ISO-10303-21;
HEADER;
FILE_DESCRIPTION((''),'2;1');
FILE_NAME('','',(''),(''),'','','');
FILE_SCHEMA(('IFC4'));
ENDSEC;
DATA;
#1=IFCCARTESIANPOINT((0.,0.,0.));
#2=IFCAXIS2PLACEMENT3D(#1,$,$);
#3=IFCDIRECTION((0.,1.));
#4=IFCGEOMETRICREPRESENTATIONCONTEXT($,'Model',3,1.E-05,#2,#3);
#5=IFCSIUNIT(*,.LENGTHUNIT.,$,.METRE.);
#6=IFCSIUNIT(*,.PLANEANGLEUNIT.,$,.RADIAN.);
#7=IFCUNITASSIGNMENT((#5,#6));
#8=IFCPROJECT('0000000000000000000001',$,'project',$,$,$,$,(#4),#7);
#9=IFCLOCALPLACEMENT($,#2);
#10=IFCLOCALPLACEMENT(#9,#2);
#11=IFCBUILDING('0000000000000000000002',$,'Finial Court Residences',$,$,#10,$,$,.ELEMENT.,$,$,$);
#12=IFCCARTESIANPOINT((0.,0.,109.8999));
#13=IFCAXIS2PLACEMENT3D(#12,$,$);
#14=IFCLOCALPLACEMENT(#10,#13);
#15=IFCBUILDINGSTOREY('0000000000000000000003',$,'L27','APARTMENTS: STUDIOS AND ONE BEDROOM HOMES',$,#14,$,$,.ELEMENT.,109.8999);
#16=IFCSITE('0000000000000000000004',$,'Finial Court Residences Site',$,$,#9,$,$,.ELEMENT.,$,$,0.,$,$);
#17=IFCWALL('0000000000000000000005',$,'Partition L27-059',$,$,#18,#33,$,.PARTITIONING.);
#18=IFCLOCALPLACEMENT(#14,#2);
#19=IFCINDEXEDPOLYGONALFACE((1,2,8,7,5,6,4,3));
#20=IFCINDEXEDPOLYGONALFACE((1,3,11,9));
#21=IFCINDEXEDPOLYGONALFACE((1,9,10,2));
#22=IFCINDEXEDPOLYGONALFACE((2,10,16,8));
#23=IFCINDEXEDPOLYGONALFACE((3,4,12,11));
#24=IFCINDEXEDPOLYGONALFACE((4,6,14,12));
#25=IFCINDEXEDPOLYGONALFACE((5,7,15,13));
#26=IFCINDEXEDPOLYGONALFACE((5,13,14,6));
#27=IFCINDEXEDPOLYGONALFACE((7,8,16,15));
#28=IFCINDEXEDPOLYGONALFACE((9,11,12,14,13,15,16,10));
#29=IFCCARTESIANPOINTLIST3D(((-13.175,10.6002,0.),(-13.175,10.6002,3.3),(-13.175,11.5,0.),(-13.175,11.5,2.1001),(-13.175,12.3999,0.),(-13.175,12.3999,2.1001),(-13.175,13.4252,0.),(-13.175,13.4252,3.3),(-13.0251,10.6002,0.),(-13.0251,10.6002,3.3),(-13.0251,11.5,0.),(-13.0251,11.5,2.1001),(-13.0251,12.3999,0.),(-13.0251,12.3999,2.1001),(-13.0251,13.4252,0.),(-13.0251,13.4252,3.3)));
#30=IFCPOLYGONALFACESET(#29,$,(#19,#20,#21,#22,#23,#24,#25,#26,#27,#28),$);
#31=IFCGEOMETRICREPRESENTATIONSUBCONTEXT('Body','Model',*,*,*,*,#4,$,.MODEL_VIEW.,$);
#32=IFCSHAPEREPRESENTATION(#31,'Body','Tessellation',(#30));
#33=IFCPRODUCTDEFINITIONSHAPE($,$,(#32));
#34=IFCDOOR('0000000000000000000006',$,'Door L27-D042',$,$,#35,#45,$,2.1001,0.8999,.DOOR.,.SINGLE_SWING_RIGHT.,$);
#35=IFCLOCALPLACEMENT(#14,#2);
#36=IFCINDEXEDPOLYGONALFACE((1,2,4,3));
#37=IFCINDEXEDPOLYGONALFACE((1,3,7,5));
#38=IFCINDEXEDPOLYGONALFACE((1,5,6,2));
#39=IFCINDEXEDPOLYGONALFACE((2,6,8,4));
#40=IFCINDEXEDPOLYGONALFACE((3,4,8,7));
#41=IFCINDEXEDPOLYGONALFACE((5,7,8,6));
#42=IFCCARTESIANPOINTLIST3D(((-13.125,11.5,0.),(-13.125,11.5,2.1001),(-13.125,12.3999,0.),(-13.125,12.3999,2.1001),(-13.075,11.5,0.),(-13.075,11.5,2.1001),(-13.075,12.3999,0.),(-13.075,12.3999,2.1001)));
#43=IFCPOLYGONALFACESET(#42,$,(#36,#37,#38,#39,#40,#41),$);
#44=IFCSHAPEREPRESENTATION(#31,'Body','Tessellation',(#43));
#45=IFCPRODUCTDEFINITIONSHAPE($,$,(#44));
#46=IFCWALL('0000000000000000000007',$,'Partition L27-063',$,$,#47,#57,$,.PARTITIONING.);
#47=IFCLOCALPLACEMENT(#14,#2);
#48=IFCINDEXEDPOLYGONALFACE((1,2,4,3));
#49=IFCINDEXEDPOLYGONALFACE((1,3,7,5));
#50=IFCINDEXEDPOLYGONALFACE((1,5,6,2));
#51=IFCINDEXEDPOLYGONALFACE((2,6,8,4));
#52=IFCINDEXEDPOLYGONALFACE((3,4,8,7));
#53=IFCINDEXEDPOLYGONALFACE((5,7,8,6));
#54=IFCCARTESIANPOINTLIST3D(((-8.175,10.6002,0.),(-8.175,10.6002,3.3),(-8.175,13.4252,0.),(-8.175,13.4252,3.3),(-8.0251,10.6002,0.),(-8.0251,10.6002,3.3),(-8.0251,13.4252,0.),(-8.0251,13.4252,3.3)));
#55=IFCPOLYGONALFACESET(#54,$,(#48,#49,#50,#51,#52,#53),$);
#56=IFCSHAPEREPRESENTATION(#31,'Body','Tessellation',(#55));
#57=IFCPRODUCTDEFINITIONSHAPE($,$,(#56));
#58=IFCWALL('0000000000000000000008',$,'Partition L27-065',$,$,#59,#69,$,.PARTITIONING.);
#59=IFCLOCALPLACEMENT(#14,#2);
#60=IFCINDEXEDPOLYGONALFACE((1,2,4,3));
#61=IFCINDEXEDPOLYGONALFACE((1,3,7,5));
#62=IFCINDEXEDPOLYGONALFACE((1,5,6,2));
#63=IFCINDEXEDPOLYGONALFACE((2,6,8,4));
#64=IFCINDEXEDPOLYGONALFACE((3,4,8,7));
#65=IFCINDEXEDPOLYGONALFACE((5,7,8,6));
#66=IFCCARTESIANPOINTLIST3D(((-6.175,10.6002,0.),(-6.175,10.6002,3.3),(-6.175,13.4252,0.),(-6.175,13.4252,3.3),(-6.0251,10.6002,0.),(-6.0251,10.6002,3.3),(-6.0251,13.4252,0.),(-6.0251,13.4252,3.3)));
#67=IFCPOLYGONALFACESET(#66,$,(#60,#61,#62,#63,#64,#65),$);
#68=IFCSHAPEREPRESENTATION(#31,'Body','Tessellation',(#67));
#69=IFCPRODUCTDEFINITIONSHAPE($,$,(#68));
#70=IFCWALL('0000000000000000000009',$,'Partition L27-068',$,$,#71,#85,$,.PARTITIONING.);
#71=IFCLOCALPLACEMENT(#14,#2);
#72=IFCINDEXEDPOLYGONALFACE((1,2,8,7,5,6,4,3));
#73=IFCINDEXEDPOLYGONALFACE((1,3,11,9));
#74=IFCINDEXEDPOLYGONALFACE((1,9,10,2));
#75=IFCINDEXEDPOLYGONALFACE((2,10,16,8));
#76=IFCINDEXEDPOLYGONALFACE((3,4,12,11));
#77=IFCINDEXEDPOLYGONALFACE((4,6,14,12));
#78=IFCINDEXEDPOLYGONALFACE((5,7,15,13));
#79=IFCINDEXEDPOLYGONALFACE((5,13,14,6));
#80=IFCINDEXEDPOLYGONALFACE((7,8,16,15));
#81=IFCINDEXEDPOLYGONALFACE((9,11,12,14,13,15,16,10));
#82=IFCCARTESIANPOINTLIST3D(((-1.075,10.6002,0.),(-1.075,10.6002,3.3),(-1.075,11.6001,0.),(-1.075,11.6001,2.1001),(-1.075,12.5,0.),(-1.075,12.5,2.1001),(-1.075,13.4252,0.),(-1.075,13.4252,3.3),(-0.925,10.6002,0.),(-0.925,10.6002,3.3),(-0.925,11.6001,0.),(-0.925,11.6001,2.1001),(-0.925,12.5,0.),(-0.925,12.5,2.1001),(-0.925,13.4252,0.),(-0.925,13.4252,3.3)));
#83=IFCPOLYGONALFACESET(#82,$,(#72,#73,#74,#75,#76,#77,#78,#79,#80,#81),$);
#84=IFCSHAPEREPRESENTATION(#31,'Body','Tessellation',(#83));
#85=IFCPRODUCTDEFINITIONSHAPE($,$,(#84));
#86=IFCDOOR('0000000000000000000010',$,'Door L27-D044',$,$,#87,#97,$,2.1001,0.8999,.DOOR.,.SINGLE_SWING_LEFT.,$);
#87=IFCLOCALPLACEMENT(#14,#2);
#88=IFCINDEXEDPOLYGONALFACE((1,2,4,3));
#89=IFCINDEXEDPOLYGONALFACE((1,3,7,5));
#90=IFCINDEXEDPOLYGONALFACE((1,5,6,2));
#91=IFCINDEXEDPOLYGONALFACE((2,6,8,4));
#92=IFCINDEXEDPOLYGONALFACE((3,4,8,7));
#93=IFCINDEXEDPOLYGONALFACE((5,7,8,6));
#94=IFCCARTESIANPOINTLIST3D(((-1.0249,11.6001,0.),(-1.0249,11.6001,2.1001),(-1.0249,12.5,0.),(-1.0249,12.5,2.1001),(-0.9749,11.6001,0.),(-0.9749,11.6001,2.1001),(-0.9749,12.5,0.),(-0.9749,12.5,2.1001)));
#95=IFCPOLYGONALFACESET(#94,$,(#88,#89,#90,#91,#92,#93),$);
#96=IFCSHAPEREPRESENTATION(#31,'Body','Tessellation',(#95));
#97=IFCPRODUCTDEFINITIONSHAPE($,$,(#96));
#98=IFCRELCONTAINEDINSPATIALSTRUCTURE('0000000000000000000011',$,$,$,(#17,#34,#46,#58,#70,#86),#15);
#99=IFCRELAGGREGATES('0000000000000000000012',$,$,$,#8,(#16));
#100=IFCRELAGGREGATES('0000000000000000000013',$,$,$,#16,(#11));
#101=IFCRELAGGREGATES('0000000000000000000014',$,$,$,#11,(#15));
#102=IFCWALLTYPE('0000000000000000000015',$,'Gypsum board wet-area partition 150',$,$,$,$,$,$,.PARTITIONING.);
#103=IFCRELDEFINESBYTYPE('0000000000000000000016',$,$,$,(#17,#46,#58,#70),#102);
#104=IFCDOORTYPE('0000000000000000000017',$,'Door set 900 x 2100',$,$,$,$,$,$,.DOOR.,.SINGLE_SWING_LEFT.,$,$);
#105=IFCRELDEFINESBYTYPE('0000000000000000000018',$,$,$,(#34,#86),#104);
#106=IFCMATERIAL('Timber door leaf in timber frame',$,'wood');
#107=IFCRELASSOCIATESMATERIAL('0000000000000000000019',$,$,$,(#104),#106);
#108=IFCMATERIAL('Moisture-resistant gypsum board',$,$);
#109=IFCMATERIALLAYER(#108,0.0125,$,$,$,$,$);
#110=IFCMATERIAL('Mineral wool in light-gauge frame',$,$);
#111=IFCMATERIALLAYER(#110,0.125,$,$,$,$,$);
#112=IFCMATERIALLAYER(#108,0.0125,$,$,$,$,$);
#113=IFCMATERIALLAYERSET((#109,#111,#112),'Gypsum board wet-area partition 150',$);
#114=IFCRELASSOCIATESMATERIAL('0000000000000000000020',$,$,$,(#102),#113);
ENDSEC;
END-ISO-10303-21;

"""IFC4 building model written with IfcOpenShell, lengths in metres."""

from ifc_helpers import new_model, si_unit, direction, frame, frame_2d, origin, place, context, subcontext, project, spatial, rectangle, extrude, material, layer, layer_set, type_object, element, fill, save


model = new_model("IFC4")

# Units and contexts
model_context = context("Model", 3, precision=1e-05, world=origin(), true_north=direction((0.0, 1.0)))
body_context = subcontext(model_context, "Body", "Model", "MODEL_VIEW")
ifc_project = project(units=[si_unit("LENGTHUNIT", "METRE"), si_unit("PLANEANGLEUNIT", "RADIAN")], contexts=[model_context])

# Site, building, storey
site_placement = place(None, origin())
site = spatial("IfcSite", under=ifc_project, at=site_placement, Name="Finial Court Residences Site", CompositionType="ELEMENT", RefElevation=0.0)
building_placement = place(site_placement, origin())
building = spatial("IfcBuilding", under=site, at=building_placement, Name="Finial Court Residences", CompositionType="ELEMENT")
storey_placement = place(building_placement, frame((0.0, 0.0, 109.8999)))
storey = spatial("IfcBuildingStorey", under=building, at=storey_placement, Name="L27", Description="APARTMENTS: STUDIOS AND ONE BEDROOM HOMES", CompositionType="ELEMENT", Elevation=109.8999)

# Shared definitions
ifc_material_1 = material(Name="Mineral wool in light-gauge frame")

# Shared definitions
ifc_material_2 = material(Name="Timber door leaf in timber frame", Category="wood")
door_type_1 = type_object("IfcDoorType", Name="Door set 900 x 2100", OperationType="SINGLE_SWING_LEFT", PredefinedType="DOOR", material=ifc_material_2)
ifc_material_3 = material(Name="Moisture-resistant gypsum board")
ifc_layer_1 = layer(ifc_material_3, 0.0125)
ifc_layer_2 = layer(ifc_material_1, 0.125)
ifc_layer_3 = layer(ifc_material_3, 0.0125)
ifc_layer_set_1 = layer_set([ifc_layer_1, ifc_layer_2, ifc_layer_3], Name="Gypsum board wet-area partition 150")
wall_type_1 = type_object("IfcWallType", Name="Gypsum board wet-area partition 150", PredefinedType="PARTITIONING", material=ifc_layer_set_1)

# Wall, opening, door
wall_1_placement = place(storey_placement, frame((-13.1001, 10.6001, 0.0), z_axis=(0.0, 0.0, 1.0), x_axis=(0.0, 1.0, 0.0)))
wall_1 = element("IfcWall", 1, at=wall_1_placement, inside=storey, type_object=wall_type_1, Name="Partition L27-059", PredefinedType="PARTITIONING", context=body_context, shape_type="SweptSolid", body=[
    extrude(rectangle(XDim=2.825, YDim=0.1499, at=frame_2d((1.4126, 0.0))), origin(), (0.0, 0.0, 1.0), 3.3),
])
opening_1_placement = place(wall_1_placement, frame((0.8999, 0.0, 0.0)))
opening_1 = element("IfcOpeningElement", 2, at=opening_1_placement, cuts=wall_1, PredefinedType="OPENING", context=body_context, shape_type="SweptSolid", body=[
    extrude(rectangle(XDim=0.8999, YDim=2.1001, at=frame_2d((0.45, 1.05))), frame((0.0, 0.085, 0.0), z_axis=(0.0, -1.0, 0.0), x_axis=(1.0, 0.0, 0.0)), (0.0, 0.0, 1.0), 0.1699),
])
door_1_placement = place(opening_1_placement, origin())
door_1 = element("IfcDoor", 3, at=door_1_placement, inside=storey, type_object=door_type_1, Name="Door L27-D042", OperationType="SINGLE_SWING_RIGHT", OverallHeight=2.1001, OverallWidth=0.8999, PredefinedType="DOOR", context=body_context, shape_type="SweptSolid", body=[
    extrude(rectangle(XDim=0.8999, YDim=2.1001, at=frame_2d((0.45, 1.05))), frame((0.0, 0.0249, 0.0), z_axis=(0.0, -1.0, 0.0), x_axis=(1.0, 0.0, 0.0)), (0.0, 0.0, 1.0), 0.05),
])
fill(opening_1, door_1)

# Walls
for number, where, z_axis, x_axis, name in (
    (4, (-8.1001, 10.6001, 0.0), (0.0, 0.0, 1.0), (0.0, 1.0, 0.0), "Partition L27-063"),
    (5, (-6.1001, 10.6001, 0.0), (0.0, 0.0, 1.0), (0.0, 1.0, 0.0), "Partition L27-065"),
):
    element("IfcWall", number, at=place(storey_placement, frame(where, z_axis=z_axis, x_axis=x_axis)), inside=storey, type_object=wall_type_1, Name=name, PredefinedType="PARTITIONING", context=body_context, shape_type="SweptSolid", body=[
        extrude(rectangle(XDim=2.825, YDim=0.1499, at=frame_2d((1.4126, 0.0))), origin(), (0.0, 0.0, 1.0), 3.3),
    ])

# Wall, opening, door
wall_2_placement = place(storey_placement, frame((-1.0, 10.6001, 0.0), z_axis=(0.0, 0.0, 1.0), x_axis=(0.0, 1.0, 0.0)))
wall_2 = element("IfcWall", 6, at=wall_2_placement, inside=storey, type_object=wall_type_1, Name="Partition L27-068", PredefinedType="PARTITIONING", context=body_context, shape_type="SweptSolid", body=[
    extrude(rectangle(XDim=2.825, YDim=0.1499, at=frame_2d((1.4126, 0.0))), origin(), (0.0, 0.0, 1.0), 3.3),
])
opening_2_placement = place(wall_2_placement, frame((1.0, 0.0, 0.0)))
opening_2 = element("IfcOpeningElement", 7, at=opening_2_placement, cuts=wall_2, PredefinedType="OPENING", context=body_context, shape_type="SweptSolid", body=[
    extrude(rectangle(XDim=0.8999, YDim=2.1001, at=frame_2d((0.45, 1.05))), frame((0.0, 0.085, 0.0), z_axis=(0.0, -1.0, 0.0), x_axis=(1.0, 0.0, 0.0)), (0.0, 0.0, 1.0), 0.1699),
])
door_2_placement = place(opening_2_placement, origin())
door_2 = element("IfcDoor", 8, at=door_2_placement, inside=storey, type_object=door_type_1, Name="Door L27-D044", OperationType="SINGLE_SWING_LEFT", OverallHeight=2.1001, OverallWidth=0.8999, PredefinedType="DOOR", context=body_context, shape_type="SweptSolid", body=[
    extrude(rectangle(XDim=0.8999, YDim=2.1001, at=frame_2d((0.45, 1.05))), frame((0.0, 0.0249, 0.0), z_axis=(0.0, -1.0, 0.0), x_axis=(1.0, 0.0, 0.0)), (0.0, 0.0, 1.0), 0.05),
])
fill(opening_2, door_2)

save(model, "model.ifc")
